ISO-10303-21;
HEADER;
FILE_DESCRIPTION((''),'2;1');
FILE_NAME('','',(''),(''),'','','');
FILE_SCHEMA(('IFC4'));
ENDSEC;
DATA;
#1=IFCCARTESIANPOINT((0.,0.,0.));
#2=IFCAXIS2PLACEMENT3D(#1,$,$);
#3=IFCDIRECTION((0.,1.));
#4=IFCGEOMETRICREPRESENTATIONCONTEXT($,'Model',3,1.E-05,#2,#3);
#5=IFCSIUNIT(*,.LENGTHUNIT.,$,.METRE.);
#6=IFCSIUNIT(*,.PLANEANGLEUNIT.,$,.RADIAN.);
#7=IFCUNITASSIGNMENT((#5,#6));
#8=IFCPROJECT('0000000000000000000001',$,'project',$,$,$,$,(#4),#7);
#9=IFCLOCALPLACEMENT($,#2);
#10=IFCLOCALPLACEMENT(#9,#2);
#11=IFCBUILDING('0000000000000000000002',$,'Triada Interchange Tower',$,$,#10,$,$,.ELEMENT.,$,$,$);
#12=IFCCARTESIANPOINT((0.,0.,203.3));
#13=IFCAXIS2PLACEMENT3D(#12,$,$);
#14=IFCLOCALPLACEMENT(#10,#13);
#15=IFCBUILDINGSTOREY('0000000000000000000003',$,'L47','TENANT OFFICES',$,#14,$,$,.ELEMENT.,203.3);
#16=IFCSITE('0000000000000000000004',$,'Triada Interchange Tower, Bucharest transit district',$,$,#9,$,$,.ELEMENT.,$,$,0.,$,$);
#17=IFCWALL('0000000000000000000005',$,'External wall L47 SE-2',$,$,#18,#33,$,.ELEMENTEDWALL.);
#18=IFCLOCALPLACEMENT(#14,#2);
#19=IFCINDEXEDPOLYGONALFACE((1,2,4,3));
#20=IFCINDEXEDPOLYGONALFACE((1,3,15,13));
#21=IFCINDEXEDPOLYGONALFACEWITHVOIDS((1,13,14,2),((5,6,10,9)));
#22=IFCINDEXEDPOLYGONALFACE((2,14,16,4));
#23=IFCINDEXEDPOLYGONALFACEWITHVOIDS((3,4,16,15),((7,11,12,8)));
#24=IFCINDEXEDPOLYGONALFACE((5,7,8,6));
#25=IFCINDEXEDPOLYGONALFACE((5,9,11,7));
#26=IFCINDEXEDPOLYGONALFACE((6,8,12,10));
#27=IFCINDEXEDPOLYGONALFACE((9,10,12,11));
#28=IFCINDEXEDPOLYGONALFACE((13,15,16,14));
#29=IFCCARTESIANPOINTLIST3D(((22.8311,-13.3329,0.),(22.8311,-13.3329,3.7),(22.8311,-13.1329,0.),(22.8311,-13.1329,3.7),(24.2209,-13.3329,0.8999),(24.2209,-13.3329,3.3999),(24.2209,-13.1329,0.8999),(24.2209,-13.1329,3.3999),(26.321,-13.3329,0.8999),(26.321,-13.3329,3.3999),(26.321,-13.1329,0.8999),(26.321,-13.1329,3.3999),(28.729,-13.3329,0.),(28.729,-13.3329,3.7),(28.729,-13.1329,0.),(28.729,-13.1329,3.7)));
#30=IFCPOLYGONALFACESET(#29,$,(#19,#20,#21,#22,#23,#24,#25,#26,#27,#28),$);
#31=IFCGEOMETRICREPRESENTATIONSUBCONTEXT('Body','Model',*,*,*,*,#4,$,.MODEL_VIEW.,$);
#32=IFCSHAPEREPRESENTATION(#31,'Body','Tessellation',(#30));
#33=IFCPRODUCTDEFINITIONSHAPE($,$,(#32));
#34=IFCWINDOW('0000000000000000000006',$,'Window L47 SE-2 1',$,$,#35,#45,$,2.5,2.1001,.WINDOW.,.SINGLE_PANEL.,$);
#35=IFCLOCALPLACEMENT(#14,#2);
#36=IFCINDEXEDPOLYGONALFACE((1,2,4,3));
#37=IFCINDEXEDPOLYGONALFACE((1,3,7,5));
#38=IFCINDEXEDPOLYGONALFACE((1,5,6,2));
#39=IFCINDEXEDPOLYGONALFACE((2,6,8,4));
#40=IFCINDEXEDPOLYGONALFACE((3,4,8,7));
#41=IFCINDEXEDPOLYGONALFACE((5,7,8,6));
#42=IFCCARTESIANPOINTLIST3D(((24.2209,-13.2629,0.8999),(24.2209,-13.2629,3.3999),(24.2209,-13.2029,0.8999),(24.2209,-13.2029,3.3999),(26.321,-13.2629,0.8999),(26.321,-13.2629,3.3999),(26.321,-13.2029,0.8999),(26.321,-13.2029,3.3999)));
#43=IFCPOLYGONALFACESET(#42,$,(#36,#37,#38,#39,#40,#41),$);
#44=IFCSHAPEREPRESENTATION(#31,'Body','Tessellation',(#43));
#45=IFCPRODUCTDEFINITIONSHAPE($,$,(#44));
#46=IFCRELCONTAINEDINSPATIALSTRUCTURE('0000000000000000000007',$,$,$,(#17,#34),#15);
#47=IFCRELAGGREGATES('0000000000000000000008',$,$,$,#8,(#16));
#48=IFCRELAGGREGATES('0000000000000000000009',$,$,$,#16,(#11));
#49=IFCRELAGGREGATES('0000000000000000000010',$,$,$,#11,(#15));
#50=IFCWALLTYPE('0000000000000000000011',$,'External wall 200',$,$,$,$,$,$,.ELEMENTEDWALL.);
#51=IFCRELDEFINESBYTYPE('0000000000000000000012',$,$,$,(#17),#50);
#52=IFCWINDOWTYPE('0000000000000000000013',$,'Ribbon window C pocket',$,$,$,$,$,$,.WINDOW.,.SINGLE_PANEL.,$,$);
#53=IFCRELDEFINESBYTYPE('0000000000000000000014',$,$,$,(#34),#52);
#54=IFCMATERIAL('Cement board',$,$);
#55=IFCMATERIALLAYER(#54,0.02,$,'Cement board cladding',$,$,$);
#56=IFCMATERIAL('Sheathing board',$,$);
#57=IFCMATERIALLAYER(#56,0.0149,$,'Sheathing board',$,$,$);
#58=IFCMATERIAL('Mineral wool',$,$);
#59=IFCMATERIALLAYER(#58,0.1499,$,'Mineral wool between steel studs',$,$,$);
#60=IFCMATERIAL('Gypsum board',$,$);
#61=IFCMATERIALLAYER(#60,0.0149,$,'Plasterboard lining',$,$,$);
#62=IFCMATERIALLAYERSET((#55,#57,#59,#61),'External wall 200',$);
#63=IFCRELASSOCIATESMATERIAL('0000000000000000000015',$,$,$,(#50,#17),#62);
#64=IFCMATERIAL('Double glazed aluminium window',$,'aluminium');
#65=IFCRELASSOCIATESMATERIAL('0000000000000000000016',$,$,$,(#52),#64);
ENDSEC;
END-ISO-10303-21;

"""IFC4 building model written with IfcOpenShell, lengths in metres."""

from ifc_helpers import new_model, si_unit, direction, frame, frame_2d, origin, place, context, subcontext, project, spatial, rectangle, extrude, material, layer, layer_set, layer_usage, type_object, element, fill, save


model = new_model("IFC4")

# Units and contexts
model_context = context("Model", 3, precision=1e-05, world=origin(), true_north=direction((0.0, 1.0)))
body_context = subcontext(model_context, "Body", "Model", "MODEL_VIEW")
ifc_project = project(units=[si_unit("LENGTHUNIT", "METRE"), si_unit("PLANEANGLEUNIT", "RADIAN")], contexts=[model_context])

# Site, building, storey
site_placement = place(None, origin())
site = spatial("IfcSite", under=ifc_project, at=site_placement, Name="Triada Interchange Tower, Bucharest transit district", CompositionType="ELEMENT", RefElevation=0.0)
building_placement = place(site_placement, origin())
building = spatial("IfcBuilding", under=site, at=building_placement, Name="Triada Interchange Tower", CompositionType="ELEMENT")
storey_placement = place(building_placement, frame((0.0, 0.0, 203.3)))
storey = spatial("IfcBuildingStorey", under=building, at=storey_placement, Name="L47", Description="TENANT OFFICES", CompositionType="ELEMENT", Elevation=203.3)

# Wall, opening, window
ifc_material_1 = material(Name="Cement board")
ifc_layer_1 = layer(ifc_material_1, 0.02, Name="Cement board cladding")
ifc_material_2 = material(Name="Sheathing board")
ifc_layer_2 = layer(ifc_material_2, 0.0149, Name="Sheathing board")
ifc_material_3 = material(Name="Mineral wool")
ifc_layer_3 = layer(ifc_material_3, 0.1499, Name="Mineral wool between steel studs")
ifc_material_4 = material(Name="Gypsum board")
ifc_layer_4 = layer(ifc_material_4, 0.0149, Name="Plasterboard lining")
ifc_layer_set_1 = layer_set([ifc_layer_1, ifc_layer_2, ifc_layer_3, ifc_layer_4], Name="External wall 200")
ifc_layer_usage = layer_usage(ifc_layer_set_1, "AXIS2", "POSITIVE", -0.1001)
wall_type_1 = type_object("IfcWallType", Name="External wall 200", PredefinedType="ELEMENTEDWALL", material=ifc_layer_set_1)
ifc_material_5 = material(Name="Double glazed aluminium window", Category="aluminium")
window_type_1 = type_object("IfcWindowType", Name="Ribbon window C pocket", PartitioningType="SINGLE_PANEL", PredefinedType="WINDOW", material=ifc_material_5)
wall_1_placement = place(storey_placement, frame((22.8311, -13.2329, 0.0), z_axis=(0.0, 0.0, 1.0), x_axis=(1.0, 0.0, 0.0)))
wall_1 = element("IfcWall", 1, at=wall_1_placement, inside=storey, type_object=wall_type_1, material=ifc_layer_usage, Name="External wall L47 SE-2", PredefinedType="ELEMENTEDWALL", context=body_context, shape_type="SweptSolid", body=[
    extrude(rectangle(XDim=5.8979, YDim=0.2, at=frame_2d((2.949, 0.0))), origin(), (0.0, 0.0, 1.0), 3.7),
])
opening_1_placement = place(wall_1_placement, frame((1.3899, 0.0, 0.8999)))
opening_1 = element("IfcOpeningElement", 2, at=opening_1_placement, cuts=wall_1, PredefinedType="OPENING", context=body_context, shape_type="SweptSolid", body=[
    extrude(rectangle(XDim=2.1001, YDim=2.5, at=frame_2d((1.05, 1.25))), frame((0.0, 0.1099, 0.0), z_axis=(0.0, -1.0, 0.0), x_axis=(1.0, 0.0, 0.0)), (0.0, 0.0, 1.0), 0.22),
])
window_1_placement = place(opening_1_placement, origin())
window_1 = element("IfcWindow", 3, at=window_1_placement, inside=storey, type_object=window_type_1, Name="Window L47 SE-2 1", OverallHeight=2.5, OverallWidth=2.1001, PartitioningType="SINGLE_PANEL", PredefinedType="WINDOW", context=body_context, shape_type="SweptSolid", body=[
    extrude(rectangle(XDim=2.1001, YDim=2.5, at=frame_2d((1.05, 1.25))), frame((0.0, 0.03, 0.0), z_axis=(0.0, -1.0, 0.0), x_axis=(1.0, 0.0, 0.0)), (0.0, 0.0, 1.0), 0.0601),
])
fill(opening_1, window_1)

save(model, "model.ifc")
